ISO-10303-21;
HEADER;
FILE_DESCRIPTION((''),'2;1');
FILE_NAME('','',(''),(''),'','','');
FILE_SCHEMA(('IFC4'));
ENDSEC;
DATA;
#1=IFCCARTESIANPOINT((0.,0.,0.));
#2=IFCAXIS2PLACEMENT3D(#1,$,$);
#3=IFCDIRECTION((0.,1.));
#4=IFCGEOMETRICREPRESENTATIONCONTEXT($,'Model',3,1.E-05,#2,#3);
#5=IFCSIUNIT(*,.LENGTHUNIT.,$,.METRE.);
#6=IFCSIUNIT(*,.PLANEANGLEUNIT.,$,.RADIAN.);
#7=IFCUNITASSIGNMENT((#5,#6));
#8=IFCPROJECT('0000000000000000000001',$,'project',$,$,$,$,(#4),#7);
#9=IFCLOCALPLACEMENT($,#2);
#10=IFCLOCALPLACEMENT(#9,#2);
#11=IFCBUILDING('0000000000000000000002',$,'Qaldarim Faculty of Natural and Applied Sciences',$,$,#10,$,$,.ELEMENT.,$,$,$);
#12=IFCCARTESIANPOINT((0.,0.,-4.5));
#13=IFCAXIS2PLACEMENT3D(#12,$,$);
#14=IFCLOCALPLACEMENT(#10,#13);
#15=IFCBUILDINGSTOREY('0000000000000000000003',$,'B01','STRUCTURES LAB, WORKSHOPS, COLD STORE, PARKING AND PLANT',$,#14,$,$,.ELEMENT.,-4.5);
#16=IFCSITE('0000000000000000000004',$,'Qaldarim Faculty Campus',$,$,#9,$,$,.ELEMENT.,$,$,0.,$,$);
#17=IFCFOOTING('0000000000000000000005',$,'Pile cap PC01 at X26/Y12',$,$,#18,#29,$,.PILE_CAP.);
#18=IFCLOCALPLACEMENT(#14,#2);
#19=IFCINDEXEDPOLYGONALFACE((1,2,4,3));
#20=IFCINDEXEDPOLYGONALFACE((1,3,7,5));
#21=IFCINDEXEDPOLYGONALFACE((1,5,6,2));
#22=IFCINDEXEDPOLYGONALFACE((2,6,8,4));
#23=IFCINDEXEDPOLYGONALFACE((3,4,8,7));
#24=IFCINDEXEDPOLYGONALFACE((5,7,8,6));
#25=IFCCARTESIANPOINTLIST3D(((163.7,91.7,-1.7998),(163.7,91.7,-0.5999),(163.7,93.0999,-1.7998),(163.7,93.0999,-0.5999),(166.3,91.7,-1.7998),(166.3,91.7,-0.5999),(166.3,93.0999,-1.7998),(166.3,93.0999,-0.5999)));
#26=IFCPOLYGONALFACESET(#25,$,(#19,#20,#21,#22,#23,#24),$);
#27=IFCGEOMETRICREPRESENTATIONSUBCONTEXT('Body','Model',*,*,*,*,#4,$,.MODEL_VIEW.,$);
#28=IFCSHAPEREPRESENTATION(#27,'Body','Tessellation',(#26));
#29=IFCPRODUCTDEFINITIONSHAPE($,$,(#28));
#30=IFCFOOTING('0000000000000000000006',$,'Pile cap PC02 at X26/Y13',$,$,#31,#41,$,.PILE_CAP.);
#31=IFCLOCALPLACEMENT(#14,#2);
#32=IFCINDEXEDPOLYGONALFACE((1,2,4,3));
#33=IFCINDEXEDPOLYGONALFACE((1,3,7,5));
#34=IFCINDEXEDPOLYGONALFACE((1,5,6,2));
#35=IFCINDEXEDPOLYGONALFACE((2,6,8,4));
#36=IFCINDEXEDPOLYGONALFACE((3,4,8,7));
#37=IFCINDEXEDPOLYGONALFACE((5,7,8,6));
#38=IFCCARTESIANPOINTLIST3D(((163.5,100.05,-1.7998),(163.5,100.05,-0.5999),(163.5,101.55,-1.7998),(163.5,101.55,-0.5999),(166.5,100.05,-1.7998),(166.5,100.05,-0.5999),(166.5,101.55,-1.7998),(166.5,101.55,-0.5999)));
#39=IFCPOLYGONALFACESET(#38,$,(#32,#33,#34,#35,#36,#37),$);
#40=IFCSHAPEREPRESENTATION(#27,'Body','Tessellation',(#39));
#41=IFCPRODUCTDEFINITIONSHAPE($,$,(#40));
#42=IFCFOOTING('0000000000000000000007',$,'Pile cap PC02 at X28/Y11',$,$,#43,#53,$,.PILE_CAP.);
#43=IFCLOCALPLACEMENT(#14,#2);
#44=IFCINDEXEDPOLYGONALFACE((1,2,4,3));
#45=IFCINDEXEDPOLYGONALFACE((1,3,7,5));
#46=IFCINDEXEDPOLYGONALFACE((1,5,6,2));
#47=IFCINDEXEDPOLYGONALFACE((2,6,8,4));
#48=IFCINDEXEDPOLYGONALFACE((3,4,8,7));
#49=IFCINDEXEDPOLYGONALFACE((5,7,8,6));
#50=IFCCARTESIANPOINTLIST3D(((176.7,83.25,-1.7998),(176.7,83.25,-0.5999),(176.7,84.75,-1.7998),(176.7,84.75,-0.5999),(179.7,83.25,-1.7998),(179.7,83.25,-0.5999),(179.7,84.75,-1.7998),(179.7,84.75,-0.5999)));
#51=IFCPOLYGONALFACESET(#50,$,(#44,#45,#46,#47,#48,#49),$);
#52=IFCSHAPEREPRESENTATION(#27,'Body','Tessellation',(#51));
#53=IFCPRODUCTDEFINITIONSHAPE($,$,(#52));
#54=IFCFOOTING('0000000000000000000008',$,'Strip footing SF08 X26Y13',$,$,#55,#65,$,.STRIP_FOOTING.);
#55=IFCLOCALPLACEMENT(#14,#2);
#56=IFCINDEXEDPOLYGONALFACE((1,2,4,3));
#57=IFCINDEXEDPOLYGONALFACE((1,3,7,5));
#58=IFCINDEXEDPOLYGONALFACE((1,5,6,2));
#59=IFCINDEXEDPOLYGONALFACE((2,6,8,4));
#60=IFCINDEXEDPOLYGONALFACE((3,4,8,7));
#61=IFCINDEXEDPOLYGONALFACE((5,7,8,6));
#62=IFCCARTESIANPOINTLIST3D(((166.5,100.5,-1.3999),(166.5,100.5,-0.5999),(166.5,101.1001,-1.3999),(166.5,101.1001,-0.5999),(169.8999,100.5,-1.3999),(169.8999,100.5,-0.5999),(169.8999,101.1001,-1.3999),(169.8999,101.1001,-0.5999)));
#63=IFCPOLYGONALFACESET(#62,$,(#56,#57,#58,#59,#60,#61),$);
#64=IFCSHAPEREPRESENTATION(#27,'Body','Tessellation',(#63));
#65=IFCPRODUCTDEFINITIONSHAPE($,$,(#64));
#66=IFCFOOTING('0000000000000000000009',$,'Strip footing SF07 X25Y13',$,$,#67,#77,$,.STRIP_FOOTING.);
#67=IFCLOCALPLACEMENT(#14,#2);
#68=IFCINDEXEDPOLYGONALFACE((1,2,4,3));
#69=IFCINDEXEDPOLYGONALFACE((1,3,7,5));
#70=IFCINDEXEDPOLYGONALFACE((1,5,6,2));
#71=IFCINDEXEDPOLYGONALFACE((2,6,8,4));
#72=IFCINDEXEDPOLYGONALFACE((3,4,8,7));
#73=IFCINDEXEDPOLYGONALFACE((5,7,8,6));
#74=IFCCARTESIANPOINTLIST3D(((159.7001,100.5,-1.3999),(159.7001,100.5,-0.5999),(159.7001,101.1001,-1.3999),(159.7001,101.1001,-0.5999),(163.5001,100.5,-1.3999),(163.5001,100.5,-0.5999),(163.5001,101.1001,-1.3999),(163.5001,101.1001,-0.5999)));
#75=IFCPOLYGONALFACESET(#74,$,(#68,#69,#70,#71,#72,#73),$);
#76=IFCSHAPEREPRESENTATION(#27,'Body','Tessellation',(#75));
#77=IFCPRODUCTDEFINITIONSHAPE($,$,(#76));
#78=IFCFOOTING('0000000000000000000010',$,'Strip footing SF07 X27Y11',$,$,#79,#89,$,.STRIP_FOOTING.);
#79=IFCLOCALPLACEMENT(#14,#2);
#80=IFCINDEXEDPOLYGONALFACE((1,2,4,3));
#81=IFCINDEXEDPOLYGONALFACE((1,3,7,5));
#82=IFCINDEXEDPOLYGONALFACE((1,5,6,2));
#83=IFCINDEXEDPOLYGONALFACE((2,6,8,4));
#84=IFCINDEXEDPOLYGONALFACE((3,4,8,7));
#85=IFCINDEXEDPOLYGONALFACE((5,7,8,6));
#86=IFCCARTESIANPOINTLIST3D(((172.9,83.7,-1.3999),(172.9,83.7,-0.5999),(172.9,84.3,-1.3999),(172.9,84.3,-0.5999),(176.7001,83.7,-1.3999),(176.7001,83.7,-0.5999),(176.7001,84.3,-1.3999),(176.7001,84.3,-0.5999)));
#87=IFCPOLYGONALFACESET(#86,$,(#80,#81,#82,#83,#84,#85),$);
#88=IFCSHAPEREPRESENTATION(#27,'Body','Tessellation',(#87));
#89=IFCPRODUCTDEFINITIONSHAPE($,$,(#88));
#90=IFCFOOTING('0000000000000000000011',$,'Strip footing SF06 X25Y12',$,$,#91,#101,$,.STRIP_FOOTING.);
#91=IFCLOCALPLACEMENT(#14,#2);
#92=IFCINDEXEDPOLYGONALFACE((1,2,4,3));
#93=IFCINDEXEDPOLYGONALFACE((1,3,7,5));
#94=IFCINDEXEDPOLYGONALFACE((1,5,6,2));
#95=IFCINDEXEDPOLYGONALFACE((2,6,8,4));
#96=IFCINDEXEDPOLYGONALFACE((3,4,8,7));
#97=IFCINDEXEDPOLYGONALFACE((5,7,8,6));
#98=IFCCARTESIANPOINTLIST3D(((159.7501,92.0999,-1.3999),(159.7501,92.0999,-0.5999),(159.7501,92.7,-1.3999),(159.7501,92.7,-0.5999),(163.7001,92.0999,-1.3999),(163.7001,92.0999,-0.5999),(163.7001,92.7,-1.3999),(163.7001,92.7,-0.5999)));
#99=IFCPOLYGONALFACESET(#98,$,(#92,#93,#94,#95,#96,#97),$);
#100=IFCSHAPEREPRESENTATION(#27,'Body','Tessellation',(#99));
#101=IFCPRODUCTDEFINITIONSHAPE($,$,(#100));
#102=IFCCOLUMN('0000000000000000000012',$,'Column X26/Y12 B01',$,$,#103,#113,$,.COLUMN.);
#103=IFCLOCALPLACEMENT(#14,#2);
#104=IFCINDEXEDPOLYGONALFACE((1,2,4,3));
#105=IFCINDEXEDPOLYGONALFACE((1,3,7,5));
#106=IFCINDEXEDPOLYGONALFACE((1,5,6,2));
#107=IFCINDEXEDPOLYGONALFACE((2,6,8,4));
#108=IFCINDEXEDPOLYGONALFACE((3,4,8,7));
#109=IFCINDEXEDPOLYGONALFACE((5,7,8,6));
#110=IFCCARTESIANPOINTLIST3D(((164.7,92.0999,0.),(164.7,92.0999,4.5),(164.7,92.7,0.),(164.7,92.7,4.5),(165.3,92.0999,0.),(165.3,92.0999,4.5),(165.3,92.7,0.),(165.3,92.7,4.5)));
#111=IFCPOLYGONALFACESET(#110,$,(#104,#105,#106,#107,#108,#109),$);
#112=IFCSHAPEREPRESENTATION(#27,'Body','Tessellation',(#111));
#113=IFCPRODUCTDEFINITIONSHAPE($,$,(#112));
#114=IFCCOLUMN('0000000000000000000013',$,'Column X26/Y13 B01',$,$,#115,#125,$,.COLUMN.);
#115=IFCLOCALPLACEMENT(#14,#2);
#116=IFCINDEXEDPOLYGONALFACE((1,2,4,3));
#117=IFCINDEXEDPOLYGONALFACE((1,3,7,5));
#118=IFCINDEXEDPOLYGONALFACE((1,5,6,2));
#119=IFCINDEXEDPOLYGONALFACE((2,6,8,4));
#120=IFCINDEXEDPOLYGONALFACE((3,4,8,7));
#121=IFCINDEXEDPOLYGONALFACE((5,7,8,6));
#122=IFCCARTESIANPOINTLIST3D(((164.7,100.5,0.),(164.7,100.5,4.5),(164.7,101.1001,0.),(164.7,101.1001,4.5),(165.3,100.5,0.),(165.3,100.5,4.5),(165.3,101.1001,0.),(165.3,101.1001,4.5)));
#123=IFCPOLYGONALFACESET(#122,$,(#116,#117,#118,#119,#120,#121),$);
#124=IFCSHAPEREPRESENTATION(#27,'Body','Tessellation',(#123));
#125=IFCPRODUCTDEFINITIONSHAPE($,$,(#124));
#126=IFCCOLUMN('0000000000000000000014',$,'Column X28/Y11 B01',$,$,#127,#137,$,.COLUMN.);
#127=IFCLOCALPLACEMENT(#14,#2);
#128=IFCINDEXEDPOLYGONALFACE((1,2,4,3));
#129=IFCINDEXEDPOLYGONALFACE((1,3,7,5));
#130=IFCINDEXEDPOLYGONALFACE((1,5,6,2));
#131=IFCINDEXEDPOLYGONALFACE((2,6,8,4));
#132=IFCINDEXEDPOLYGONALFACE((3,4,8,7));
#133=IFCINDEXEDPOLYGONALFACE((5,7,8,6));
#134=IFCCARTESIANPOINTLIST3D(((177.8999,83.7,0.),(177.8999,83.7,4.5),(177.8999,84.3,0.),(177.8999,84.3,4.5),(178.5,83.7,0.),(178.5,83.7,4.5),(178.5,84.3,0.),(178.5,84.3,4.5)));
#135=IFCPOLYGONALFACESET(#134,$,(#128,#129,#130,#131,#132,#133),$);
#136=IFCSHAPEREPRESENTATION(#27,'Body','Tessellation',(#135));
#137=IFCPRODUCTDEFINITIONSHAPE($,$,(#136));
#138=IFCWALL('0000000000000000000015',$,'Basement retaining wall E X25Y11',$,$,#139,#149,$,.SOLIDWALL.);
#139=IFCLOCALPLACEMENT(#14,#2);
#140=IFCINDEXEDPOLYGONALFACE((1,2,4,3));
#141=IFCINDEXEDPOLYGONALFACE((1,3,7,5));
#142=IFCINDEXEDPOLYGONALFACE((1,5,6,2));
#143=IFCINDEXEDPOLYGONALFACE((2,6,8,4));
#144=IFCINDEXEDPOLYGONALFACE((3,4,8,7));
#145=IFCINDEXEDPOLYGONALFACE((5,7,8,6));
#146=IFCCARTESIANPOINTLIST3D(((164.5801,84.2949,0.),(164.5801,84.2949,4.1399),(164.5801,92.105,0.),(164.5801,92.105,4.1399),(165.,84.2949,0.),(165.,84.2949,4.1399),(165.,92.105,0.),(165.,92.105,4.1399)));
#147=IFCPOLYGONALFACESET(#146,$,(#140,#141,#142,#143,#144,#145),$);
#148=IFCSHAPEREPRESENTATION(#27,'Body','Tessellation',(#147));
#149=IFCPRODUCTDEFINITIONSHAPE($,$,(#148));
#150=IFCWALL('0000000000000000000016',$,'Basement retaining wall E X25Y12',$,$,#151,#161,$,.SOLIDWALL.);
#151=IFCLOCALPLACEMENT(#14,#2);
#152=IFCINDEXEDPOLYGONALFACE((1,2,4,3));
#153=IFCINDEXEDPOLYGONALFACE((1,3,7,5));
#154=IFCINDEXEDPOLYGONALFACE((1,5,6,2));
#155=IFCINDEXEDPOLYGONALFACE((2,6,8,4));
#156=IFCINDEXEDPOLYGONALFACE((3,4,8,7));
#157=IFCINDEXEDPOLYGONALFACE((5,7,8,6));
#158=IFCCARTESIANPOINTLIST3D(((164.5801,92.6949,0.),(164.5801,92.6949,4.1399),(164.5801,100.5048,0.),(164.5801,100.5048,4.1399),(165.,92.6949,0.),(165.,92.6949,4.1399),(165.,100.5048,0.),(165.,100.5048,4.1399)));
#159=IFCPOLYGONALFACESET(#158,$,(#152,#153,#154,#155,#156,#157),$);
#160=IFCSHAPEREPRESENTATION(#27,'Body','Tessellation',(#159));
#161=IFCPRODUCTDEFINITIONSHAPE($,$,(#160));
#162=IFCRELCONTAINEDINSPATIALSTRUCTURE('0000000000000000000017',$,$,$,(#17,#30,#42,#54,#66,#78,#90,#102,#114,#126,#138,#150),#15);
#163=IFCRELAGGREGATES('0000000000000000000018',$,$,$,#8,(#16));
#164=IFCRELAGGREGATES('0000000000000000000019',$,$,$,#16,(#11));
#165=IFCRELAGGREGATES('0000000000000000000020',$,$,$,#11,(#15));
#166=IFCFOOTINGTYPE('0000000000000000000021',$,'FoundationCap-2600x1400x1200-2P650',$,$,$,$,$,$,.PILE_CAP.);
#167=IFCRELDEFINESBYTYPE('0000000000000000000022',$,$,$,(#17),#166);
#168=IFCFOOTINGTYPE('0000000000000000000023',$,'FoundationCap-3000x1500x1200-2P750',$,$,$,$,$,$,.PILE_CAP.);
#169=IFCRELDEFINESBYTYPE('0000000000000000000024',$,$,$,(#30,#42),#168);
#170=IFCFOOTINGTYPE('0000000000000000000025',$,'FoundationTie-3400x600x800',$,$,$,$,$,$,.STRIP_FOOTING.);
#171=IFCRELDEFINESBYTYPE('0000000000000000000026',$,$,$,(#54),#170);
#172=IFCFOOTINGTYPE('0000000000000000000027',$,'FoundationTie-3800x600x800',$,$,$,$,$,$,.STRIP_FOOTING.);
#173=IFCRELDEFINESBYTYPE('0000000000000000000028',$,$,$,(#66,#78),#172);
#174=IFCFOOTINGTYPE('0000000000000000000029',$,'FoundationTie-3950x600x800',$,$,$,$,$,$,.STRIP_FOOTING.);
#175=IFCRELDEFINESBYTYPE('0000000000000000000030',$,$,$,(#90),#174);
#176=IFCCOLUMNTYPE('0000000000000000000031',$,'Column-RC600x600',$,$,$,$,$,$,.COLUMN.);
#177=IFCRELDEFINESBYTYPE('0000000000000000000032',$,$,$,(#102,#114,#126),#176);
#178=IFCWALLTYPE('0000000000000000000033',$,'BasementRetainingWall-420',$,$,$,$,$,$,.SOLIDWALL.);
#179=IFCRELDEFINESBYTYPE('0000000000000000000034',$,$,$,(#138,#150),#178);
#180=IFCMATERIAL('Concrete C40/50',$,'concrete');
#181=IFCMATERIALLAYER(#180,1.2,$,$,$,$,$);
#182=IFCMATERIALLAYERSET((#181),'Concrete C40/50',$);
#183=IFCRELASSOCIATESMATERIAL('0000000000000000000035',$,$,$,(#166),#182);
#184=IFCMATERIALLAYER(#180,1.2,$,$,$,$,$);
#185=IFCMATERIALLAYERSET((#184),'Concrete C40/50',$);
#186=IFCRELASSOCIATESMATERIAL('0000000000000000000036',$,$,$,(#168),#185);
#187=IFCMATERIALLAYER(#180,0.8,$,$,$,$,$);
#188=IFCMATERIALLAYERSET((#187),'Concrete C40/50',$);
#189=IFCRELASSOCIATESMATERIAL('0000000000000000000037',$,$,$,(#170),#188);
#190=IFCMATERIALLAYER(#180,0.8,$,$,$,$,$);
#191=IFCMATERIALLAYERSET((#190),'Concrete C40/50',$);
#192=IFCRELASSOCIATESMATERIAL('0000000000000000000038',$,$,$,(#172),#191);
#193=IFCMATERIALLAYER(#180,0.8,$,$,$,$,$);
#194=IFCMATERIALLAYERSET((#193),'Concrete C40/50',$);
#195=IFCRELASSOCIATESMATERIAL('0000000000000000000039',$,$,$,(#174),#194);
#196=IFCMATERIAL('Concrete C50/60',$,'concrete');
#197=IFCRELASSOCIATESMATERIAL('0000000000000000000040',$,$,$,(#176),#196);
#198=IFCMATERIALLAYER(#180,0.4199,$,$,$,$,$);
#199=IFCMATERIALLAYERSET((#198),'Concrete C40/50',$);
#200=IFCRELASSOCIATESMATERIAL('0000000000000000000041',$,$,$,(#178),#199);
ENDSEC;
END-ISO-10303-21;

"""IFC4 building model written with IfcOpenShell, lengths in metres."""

from ifc_helpers import new_model, si_unit, direction, frame, frame_2d, origin, origin_2d, place, context, subcontext, project, spatial, rectangle, extrude, material, layer, layer_set, material_profile, profile_set, type_object, element, save


model = new_model("IFC4")

# Units and contexts
model_context = context("Model", 3, precision=1e-05, world=origin(), true_north=direction((0.0, 1.0)))
body_context = subcontext(model_context, "Body", "Model", "MODEL_VIEW")
ifc_project = project(units=[si_unit("LENGTHUNIT", "METRE"), si_unit("PLANEANGLEUNIT", "RADIAN")], contexts=[model_context])

# Site, building, storey
site_placement = place(None, origin())
site = spatial("IfcSite", under=ifc_project, at=site_placement, Name="Qaldarim Faculty Campus", CompositionType="ELEMENT", RefElevation=0.0)
building_placement = place(site_placement, origin())
building = spatial("IfcBuilding", under=site, at=building_placement, Name="Qaldarim Faculty of Natural and Applied Sciences", CompositionType="ELEMENT")
storey_placement = place(building_placement, frame((0.0, 0.0, -4.5)))
storey = spatial("IfcBuildingStorey", under=building, at=storey_placement, Name="B01", Description="STRUCTURES LAB, WORKSHOPS, COLD STORE, PARKING AND PLANT", CompositionType="ELEMENT", Elevation=-4.5)

# Shared definitions
ifc_material_1 = material(Name="Concrete C40/50", Category="concrete")

# Footings
ifc_layer_1 = layer(ifc_material_1, 1.2)
ifc_layer_set_1 = layer_set([ifc_layer_1], Name="Concrete C40/50")
footing_type_1 = type_object("IfcFootingType", Name="FoundationCap-2600x1400x1200-2P650", PredefinedType="PILE_CAP", material=ifc_layer_set_1)
footing_1_placement = place(storey_placement, frame((165.0, 92.3999, -1.7998), z_axis=(0.0, 0.0, 1.0), x_axis=(1.0, 0.0, 0.0)))
element("IfcFooting", 1, at=footing_1_placement, inside=storey, type_object=footing_type_1, Name="Pile cap PC01 at X26/Y12", PredefinedType="PILE_CAP", context=body_context, shape_type="SweptSolid", body=[
    extrude(rectangle(XDim=2.6001, YDim=1.3999, at=origin_2d()), origin(), (0.0, 0.0, 1.0), 1.2),
])
ifc_layer_2 = layer(ifc_material_1, 1.2)
ifc_layer_set_2 = layer_set([ifc_layer_2], Name="Concrete C40/50")
footing_type_2 = type_object("IfcFootingType", Name="FoundationCap-3000x1500x1200-2P750", PredefinedType="PILE_CAP", material=ifc_layer_set_2)
for number, where, z_axis, x_axis, name in (
    (2, (165.0, 100.8, -1.7998), (0.0, 0.0, 1.0), (1.0, 0.0, 0.0), "Pile cap PC02 at X26/Y13"),
    (3, (178.2, 84.0, -1.7998), (0.0, 0.0, 1.0), (1.0, 0.0, 0.0), "Pile cap PC02 at X28/Y11"),
):
    element("IfcFooting", number, at=place(storey_placement, frame(where, z_axis=z_axis, x_axis=x_axis)), inside=storey, type_object=footing_type_2, Name=name, PredefinedType="PILE_CAP", context=body_context, shape_type="SweptSolid", body=[
        extrude(rectangle(XDim=3.0, YDim=1.5, at=origin_2d()), origin(), (0.0, 0.0, 1.0), 1.2),
    ])
ifc_layer_3 = layer(ifc_material_1, 0.8)
ifc_layer_set_3 = layer_set([ifc_layer_3], Name="Concrete C40/50")
footing_type_3 = type_object("IfcFootingType", Name="FoundationTie-3400x600x800", PredefinedType="STRIP_FOOTING", material=ifc_layer_set_3)
footing_2_placement = place(storey_placement, frame((168.2, 100.8, -1.3999), z_axis=(0.0, 0.0, 1.0), x_axis=(1.0, 0.0, 0.0)))
element("IfcFooting", 4, at=footing_2_placement, inside=storey, type_object=footing_type_3, Name="Strip footing SF08 X26Y13", PredefinedType="STRIP_FOOTING", context=body_context, shape_type="SweptSolid", body=[
    extrude(rectangle(XDim=3.3999, YDim=0.6001, at=origin_2d()), origin(), (0.0, 0.0, 1.0), 0.8),
])
ifc_layer_4 = layer(ifc_material_1, 0.8)
ifc_layer_set_4 = layer_set([ifc_layer_4], Name="Concrete C40/50")
footing_type_4 = type_object("IfcFootingType", Name="FoundationTie-3800x600x800", PredefinedType="STRIP_FOOTING", material=ifc_layer_set_4)
for number, where, z_axis, x_axis, name in (
    (5, (161.6001, 100.8, -1.3999), (0.0, 0.0, 1.0), (1.0, 0.0, 0.0), "Strip footing SF07 X25Y13"),
    (6, (174.8, 84.0, -1.3999), (0.0, 0.0, 1.0), (1.0, 0.0, 0.0), "Strip footing SF07 X27Y11"),
):
    element("IfcFooting", number, at=place(storey_placement, frame(where, z_axis=z_axis, x_axis=x_axis)), inside=storey, type_object=footing_type_4, Name=name, PredefinedType="STRIP_FOOTING", context=body_context, shape_type="SweptSolid", body=[
        extrude(rectangle(XDim=3.8, YDim=0.6001, at=origin_2d()), origin(), (0.0, 0.0, 1.0), 0.8),
    ])
ifc_layer_5 = layer(ifc_material_1, 0.8)
ifc_layer_set_5 = layer_set([ifc_layer_5], Name="Concrete C40/50")
footing_type_5 = type_object("IfcFootingType", Name="FoundationTie-3950x600x800", PredefinedType="STRIP_FOOTING", material=ifc_layer_set_5)
footing_3_placement = place(storey_placement, frame((161.7251, 92.3999, -1.3999), z_axis=(0.0, 0.0, 1.0), x_axis=(1.0, 0.0, 0.0)))
element("IfcFooting", 7, at=footing_3_placement, inside=storey, type_object=footing_type_5, Name="Strip footing SF06 X25Y12", PredefinedType="STRIP_FOOTING", context=body_context, shape_type="SweptSolid", body=[
    extrude(rectangle(XDim=3.95, YDim=0.6001, at=origin_2d()), origin(), (0.0, 0.0, 1.0), 0.8),
])

# Columns
ifc_material_2 = material(Name="Concrete C50/60", Category="concrete")
ifc_material_profile_1 = material_profile(ifc_material_2, rectangle(XDim=0.6001, YDim=0.6001, at=origin_2d()), Name="RC-C600x600")
ifc_profile_set_1 = profile_set([ifc_material_profile_1], Name="Concrete C50/60")
column_type = type_object("IfcColumnType", Name="Column-RC600x600", PredefinedType="COLUMN", material=ifc_profile_set_1)
for number, where, z_axis, x_axis, name in (
    (8, (165.0, 92.3999, 0.0), (0.0, 0.0, 1.0), (1.0, 0.0, 0.0), "Column X26/Y12 B01"),
    (9, (165.0, 100.8, 0.0), (0.0, 0.0, 1.0), (1.0, 0.0, 0.0), "Column X26/Y13 B01"),
    (10, (178.2, 84.0, 0.0), (0.0, 0.0, 1.0), (1.0, 0.0, 0.0), "Column X28/Y11 B01"),
):
    element("IfcColumn", number, at=place(storey_placement, frame(where, z_axis=z_axis, x_axis=x_axis)), inside=storey, type_object=column_type, Name=name, PredefinedType="COLUMN", context=body_context, shape_type="SweptSolid", body=[
        extrude(rectangle(XDim=0.6001, YDim=0.6001, at=origin_2d()), origin(), (0.0, 0.0, 1.0), 4.5),
    ])

# Walls
ifc_layer_6 = layer(ifc_material_1, 0.4199)
ifc_layer_set_6 = layer_set([ifc_layer_6], Name="Concrete C40/50")
wall_type = type_object("IfcWallType", Name="BasementRetainingWall-420", PredefinedType="SOLIDWALL", material=ifc_layer_set_6)
wall_1_placement = place(storey_placement, frame((164.79, 84.2949, 0.0), z_axis=(0.0, 0.0, 1.0), x_axis=(0.0, 1.0, 0.0)))
element("IfcWall", 11, at=wall_1_placement, inside=storey, type_object=wall_type, Name="Basement retaining wall E X25Y11", PredefinedType="SOLIDWALL", context=body_context, shape_type="SweptSolid", body=[
    extrude(rectangle(XDim=7.8101, YDim=0.4199, at=frame_2d((3.905, 0.0))), origin(), (0.0, 0.0, 1.0), 4.1399),
])
wall_2_placement = place(storey_placement, frame((164.79, 92.6951, 0.0), z_axis=(0.0, 0.0, 1.0), x_axis=(0.0, 1.0, 0.0)))
element("IfcWall", 12, at=wall_2_placement, inside=storey, type_object=wall_type, Name="Basement retaining wall E X25Y12", PredefinedType="SOLIDWALL", context=body_context, shape_type="SweptSolid", body=[
    extrude(rectangle(XDim=7.8098, YDim=0.4199, at=frame_2d((3.9048, 0.0))), origin(), (0.0, 0.0, 1.0), 4.1399),
])

save(model, "model.ifc")
